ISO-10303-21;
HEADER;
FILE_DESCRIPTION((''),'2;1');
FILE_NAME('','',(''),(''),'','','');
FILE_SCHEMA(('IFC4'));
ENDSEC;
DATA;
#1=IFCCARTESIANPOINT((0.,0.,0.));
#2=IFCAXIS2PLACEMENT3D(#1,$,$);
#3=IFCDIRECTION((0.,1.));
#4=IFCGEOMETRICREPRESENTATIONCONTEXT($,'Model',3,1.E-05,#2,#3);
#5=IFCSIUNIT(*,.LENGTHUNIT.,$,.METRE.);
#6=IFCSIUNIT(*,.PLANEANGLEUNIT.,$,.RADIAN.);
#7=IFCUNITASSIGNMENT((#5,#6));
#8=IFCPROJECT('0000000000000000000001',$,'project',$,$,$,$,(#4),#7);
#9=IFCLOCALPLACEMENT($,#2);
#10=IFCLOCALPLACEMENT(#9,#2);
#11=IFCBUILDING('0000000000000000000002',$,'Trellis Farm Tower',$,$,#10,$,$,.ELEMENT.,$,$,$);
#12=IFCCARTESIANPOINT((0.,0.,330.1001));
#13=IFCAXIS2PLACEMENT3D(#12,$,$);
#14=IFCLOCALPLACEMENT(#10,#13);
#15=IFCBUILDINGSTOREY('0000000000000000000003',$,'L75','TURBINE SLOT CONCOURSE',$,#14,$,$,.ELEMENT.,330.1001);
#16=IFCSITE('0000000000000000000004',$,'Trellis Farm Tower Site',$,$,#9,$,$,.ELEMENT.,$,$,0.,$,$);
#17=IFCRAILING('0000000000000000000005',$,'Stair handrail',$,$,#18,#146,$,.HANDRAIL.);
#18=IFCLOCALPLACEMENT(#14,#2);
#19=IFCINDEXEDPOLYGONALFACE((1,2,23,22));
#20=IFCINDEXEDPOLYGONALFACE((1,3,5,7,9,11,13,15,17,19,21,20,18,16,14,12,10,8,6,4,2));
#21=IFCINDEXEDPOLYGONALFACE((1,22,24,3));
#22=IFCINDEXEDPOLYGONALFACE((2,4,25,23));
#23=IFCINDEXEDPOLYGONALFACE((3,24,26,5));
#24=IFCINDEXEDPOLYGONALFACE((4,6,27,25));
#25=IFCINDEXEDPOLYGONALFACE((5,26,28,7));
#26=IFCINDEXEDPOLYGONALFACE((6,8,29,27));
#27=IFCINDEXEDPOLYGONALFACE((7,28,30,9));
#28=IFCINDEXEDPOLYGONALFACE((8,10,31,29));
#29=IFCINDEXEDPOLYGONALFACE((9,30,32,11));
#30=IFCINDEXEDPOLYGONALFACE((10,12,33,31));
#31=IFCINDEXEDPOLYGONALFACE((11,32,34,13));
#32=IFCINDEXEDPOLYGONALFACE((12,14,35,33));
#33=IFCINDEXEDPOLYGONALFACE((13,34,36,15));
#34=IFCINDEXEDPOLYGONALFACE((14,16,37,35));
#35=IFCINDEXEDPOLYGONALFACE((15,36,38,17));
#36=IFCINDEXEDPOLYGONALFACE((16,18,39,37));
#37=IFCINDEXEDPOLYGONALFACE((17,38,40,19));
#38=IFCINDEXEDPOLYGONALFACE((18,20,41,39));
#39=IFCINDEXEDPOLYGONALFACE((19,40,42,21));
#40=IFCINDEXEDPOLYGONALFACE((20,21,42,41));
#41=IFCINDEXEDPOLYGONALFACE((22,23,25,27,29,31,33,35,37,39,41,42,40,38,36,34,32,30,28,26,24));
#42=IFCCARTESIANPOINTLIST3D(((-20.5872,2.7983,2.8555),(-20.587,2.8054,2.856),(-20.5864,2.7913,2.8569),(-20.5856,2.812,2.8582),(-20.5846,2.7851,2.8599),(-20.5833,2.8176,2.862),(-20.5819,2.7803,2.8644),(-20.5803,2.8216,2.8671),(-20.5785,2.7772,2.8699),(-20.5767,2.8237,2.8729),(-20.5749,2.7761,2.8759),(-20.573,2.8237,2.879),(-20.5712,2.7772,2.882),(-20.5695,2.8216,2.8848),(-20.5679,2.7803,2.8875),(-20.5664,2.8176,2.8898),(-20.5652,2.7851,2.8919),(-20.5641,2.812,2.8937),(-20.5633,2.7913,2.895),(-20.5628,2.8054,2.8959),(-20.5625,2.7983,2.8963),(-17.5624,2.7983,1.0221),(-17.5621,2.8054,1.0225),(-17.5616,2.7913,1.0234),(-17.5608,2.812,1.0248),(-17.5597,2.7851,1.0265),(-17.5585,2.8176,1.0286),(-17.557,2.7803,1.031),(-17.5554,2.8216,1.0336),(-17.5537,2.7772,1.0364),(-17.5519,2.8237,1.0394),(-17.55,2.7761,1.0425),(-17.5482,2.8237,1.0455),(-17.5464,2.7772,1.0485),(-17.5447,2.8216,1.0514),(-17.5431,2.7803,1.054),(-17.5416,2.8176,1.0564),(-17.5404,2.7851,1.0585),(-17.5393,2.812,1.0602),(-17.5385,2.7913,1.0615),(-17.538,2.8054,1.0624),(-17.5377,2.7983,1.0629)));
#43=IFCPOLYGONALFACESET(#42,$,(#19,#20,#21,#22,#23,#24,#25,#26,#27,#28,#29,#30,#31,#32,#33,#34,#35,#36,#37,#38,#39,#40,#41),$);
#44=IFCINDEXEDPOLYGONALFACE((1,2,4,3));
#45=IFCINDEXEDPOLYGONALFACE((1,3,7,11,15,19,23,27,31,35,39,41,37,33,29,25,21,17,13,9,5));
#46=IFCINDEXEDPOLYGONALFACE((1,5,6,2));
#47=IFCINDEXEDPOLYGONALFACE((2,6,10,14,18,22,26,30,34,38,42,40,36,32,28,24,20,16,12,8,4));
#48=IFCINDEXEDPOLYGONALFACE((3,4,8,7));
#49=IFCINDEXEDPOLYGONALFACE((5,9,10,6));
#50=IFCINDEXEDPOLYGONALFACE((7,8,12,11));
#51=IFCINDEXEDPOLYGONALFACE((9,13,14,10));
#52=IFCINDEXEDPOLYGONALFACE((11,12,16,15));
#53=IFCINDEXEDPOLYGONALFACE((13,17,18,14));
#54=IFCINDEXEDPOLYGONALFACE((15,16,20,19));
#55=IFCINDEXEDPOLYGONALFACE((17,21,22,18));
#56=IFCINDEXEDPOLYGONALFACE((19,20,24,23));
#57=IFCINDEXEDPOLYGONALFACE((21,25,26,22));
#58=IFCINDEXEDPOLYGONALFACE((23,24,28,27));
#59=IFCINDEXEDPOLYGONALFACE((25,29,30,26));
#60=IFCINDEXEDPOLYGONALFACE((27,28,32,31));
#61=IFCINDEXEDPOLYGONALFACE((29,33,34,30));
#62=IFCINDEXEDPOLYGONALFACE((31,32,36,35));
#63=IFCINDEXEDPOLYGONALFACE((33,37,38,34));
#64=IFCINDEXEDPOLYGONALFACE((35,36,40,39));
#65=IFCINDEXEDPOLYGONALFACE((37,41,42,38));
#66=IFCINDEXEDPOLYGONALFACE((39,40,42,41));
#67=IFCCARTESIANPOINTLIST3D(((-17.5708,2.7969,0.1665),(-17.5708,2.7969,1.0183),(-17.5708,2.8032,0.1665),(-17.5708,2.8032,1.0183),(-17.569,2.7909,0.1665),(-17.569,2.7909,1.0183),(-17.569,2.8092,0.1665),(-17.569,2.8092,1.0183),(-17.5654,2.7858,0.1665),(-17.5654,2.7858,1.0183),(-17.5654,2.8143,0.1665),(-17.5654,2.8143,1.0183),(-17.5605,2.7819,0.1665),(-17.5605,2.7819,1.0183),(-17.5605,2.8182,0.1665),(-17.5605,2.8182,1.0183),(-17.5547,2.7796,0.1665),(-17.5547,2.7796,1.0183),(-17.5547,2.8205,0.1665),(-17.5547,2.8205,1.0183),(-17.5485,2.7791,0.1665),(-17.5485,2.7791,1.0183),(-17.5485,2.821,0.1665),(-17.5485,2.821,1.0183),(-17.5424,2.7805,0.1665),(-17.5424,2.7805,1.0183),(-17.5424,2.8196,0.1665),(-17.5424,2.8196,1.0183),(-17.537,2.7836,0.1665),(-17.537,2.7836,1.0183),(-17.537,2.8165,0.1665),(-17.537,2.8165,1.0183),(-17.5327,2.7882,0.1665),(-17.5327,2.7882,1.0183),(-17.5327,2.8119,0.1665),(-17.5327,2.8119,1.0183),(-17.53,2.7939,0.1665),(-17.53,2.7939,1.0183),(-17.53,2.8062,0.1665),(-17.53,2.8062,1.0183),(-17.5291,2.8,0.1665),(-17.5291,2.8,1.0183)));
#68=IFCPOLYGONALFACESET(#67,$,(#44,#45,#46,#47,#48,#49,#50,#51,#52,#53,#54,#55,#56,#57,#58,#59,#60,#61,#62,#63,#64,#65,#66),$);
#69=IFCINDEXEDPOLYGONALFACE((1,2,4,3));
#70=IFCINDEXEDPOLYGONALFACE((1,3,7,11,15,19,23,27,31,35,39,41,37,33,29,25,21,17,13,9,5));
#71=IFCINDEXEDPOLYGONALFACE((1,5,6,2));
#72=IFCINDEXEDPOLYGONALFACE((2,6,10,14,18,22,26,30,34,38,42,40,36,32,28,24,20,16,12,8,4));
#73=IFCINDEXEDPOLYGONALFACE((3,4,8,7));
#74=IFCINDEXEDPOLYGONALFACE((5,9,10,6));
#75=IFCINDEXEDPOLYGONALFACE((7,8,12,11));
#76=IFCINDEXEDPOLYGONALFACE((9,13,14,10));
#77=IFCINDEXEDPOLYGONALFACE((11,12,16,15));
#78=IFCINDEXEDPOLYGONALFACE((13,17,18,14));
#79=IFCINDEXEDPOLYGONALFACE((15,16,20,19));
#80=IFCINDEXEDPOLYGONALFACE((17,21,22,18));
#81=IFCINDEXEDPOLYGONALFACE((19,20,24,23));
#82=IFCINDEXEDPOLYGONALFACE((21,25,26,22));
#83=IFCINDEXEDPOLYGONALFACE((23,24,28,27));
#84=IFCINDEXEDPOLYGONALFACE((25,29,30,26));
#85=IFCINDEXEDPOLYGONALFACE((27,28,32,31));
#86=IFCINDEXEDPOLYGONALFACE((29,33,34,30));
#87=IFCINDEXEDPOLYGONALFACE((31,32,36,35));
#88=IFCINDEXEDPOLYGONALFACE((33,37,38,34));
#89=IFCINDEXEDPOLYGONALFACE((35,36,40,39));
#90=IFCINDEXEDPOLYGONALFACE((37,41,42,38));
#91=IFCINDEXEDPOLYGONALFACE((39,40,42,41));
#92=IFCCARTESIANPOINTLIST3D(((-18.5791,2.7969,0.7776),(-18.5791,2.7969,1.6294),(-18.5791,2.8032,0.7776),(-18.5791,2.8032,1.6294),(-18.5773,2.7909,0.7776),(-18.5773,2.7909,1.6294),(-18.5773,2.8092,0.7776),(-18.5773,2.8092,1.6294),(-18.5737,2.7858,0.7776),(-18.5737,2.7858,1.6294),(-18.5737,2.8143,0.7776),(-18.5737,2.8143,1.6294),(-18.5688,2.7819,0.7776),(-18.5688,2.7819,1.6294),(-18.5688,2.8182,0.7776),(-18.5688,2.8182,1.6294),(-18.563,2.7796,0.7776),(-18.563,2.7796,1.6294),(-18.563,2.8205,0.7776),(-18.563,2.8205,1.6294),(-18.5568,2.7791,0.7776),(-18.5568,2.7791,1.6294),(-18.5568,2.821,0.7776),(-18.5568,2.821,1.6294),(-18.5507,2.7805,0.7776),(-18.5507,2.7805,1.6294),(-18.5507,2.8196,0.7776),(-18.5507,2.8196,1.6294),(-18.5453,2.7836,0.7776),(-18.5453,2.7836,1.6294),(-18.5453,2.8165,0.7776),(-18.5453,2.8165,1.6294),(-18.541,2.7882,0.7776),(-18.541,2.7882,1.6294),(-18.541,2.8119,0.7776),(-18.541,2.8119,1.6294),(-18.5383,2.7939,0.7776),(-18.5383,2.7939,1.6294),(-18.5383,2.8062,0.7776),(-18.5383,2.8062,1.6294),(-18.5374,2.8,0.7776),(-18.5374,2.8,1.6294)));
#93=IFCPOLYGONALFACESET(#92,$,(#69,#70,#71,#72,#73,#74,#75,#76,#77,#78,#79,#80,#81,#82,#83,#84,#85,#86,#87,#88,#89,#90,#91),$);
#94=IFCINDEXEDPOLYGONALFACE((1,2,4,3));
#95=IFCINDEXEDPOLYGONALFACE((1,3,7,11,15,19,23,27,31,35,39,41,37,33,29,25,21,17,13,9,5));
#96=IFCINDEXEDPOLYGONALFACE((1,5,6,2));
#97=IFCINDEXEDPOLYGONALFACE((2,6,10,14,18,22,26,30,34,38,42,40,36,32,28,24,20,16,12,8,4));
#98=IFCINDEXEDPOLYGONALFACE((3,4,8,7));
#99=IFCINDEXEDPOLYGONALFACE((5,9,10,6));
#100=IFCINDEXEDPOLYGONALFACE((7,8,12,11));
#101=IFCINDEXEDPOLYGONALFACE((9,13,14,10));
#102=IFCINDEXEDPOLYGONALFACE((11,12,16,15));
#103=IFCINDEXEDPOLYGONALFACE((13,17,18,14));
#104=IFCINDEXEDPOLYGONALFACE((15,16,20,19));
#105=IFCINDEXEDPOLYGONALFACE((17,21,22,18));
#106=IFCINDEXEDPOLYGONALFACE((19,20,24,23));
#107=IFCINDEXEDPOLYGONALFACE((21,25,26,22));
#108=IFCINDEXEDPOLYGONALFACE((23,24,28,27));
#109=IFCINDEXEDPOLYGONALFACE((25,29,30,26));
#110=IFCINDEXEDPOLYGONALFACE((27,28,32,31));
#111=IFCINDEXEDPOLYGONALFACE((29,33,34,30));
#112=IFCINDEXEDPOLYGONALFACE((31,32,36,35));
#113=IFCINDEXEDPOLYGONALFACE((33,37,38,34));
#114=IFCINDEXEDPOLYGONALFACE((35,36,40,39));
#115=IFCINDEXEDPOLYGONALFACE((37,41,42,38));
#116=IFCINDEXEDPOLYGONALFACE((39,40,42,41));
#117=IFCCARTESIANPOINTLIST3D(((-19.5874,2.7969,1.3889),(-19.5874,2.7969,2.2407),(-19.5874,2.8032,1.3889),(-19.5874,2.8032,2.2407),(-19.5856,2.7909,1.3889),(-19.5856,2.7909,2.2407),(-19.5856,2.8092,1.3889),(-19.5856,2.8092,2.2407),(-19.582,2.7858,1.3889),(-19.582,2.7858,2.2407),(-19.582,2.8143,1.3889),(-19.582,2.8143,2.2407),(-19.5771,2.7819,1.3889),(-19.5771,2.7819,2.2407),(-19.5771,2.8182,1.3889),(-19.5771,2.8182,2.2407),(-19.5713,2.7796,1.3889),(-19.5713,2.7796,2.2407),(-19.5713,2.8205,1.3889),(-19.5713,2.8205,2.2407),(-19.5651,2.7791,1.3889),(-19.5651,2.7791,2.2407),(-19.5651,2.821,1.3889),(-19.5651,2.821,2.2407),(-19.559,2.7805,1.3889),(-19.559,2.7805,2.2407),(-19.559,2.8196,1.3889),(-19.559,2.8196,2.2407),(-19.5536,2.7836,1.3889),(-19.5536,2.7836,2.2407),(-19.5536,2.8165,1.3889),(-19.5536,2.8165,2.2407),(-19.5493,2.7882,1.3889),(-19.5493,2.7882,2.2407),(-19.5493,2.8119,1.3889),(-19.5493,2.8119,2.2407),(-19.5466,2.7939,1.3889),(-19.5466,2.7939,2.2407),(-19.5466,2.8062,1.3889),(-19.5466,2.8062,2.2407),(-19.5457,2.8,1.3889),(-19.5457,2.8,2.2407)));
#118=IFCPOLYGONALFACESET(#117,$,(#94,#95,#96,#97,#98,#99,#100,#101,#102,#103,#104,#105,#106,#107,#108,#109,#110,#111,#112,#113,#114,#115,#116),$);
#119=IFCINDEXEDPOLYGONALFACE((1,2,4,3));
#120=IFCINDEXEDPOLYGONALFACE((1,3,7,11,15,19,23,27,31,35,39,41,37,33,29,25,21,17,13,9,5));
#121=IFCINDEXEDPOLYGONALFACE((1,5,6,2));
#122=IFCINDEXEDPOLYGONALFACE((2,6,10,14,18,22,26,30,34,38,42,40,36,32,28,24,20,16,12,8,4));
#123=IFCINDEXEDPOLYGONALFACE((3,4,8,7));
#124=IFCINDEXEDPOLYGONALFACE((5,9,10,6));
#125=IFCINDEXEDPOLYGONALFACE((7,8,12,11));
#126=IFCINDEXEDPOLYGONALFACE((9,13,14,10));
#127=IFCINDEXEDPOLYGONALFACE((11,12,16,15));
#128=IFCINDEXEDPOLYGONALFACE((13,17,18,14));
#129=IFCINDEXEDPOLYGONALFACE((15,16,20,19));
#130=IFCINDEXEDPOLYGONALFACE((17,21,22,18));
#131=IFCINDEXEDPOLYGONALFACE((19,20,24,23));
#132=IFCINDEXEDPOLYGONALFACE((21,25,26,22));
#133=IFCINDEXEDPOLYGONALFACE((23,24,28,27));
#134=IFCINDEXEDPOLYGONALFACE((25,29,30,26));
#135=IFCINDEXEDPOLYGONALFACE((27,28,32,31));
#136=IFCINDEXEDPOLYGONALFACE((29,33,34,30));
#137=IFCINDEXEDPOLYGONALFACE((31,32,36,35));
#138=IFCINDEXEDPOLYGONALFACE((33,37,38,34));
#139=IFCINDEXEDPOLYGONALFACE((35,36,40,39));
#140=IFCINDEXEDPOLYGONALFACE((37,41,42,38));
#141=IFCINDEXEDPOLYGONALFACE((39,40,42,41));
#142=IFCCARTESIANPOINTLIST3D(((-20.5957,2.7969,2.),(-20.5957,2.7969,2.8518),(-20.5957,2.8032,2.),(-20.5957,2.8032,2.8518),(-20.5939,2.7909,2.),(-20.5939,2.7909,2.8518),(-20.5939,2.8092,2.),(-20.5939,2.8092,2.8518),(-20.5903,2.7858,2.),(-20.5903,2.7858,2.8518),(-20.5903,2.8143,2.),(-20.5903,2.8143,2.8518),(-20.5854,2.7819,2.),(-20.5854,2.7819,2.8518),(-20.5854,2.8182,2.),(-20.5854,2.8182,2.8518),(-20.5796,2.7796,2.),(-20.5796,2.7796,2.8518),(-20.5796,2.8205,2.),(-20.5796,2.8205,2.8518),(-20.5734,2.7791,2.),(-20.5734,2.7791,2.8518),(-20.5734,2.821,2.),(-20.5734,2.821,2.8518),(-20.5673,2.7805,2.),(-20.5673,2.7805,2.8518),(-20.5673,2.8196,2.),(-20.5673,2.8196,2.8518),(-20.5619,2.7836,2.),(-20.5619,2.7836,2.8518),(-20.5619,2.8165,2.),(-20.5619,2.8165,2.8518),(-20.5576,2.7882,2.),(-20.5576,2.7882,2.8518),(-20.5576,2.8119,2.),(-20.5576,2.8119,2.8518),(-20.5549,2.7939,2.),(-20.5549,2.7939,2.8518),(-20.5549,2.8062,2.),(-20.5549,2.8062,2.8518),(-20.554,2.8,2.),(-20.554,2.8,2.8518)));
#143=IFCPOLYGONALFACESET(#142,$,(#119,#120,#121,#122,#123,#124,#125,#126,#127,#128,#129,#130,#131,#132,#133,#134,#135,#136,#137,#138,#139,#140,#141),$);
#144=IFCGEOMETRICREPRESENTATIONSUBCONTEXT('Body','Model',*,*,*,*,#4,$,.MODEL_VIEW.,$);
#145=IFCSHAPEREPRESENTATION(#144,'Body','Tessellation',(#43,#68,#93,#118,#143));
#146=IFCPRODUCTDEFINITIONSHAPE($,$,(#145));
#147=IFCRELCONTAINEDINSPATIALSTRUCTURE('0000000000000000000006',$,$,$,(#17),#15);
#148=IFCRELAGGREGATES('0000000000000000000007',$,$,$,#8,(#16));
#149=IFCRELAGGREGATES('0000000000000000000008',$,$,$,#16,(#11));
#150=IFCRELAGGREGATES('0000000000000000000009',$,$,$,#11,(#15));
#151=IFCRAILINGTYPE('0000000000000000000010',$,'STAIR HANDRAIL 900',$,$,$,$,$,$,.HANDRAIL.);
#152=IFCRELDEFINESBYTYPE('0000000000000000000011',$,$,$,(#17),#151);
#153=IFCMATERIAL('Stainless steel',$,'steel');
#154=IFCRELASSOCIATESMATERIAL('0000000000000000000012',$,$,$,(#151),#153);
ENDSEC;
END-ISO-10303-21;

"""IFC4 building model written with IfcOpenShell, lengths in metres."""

from ifc_helpers import new_model, si_unit, direction, frame, origin, origin_2d, place, context, subcontext, project, spatial, circle, extrude, source, transform, mapped, material, type_object, element, save


model = new_model("IFC4")

# Units and contexts
model_context = context("Model", 3, precision=1e-05, world=origin(), true_north=direction((0.0, 1.0)))
body_context = subcontext(model_context, "Body", "Model", "MODEL_VIEW")
ifc_project = project(units=[si_unit("LENGTHUNIT", "METRE"), si_unit("PLANEANGLEUNIT", "RADIAN")], contexts=[model_context])

# Site, building, storey
site_placement = place(None, origin())
site = spatial("IfcSite", under=ifc_project, at=site_placement, Name="Trellis Farm Tower Site", CompositionType="ELEMENT", RefElevation=0.0)
building_placement = place(site_placement, origin())
building = spatial("IfcBuilding", under=site, at=building_placement, Name="Trellis Farm Tower", CompositionType="ELEMENT")
storey_placement = place(building_placement, frame((0.0, 0.0, 330.1001)))
storey = spatial("IfcBuildingStorey", under=building, at=storey_placement, Name="L75", Description="TURBINE SLOT CONCOURSE", CompositionType="ELEMENT", Elevation=330.1001)

# Railing
ifc_material_1 = material(Name="Stainless steel", Category="steel")
railing_type_1 = type_object("IfcRailingType", Name="STAIR HANDRAIL 900", PredefinedType="HANDRAIL", material=ifc_material_1)
shared_shape_1 = source(origin(), body_context, "Body", "SweptSolid", [
    extrude(circle(Radius=0.0239, at=origin_2d()), frame((0.0, 0.0, 0.876), z_axis=(-0.85517, 0.0, 0.518348), x_axis=(0.0, -1.0, 0.0)), (0.0, 0.0, 1.0), 3.5371),
    extrude(circle(Radius=0.021, at=origin_2d()), origin(), (0.0, 0.0, 1.0), 0.8518),
    extrude(circle(Radius=0.021, at=origin_2d()), frame((-1.0083, 0.0, 0.6111)), (0.0, 0.0, 1.0), 0.8518),
    extrude(circle(Radius=0.021, at=origin_2d()), frame((-2.0166, 0.0, 1.2224)), (0.0, 0.0, 1.0), 0.8518),
    extrude(circle(Radius=0.021, at=origin_2d()), frame((-3.0249, 0.0, 1.8335)), (0.0, 0.0, 1.0), 0.8518),
])
railing_1_placement = place(storey_placement, frame((-17.55, 2.8, 0.1665)))
element("IfcRailing", 1, at=railing_1_placement, inside=storey, type_object=railing_type_1, Name="Stair handrail", PredefinedType="HANDRAIL", context=body_context, shape_type="MappedRepresentation", body=[
    mapped(shared_shape_1, transform((0.0, 0.0, 0.0))),
])

save(model, "model.ifc")
